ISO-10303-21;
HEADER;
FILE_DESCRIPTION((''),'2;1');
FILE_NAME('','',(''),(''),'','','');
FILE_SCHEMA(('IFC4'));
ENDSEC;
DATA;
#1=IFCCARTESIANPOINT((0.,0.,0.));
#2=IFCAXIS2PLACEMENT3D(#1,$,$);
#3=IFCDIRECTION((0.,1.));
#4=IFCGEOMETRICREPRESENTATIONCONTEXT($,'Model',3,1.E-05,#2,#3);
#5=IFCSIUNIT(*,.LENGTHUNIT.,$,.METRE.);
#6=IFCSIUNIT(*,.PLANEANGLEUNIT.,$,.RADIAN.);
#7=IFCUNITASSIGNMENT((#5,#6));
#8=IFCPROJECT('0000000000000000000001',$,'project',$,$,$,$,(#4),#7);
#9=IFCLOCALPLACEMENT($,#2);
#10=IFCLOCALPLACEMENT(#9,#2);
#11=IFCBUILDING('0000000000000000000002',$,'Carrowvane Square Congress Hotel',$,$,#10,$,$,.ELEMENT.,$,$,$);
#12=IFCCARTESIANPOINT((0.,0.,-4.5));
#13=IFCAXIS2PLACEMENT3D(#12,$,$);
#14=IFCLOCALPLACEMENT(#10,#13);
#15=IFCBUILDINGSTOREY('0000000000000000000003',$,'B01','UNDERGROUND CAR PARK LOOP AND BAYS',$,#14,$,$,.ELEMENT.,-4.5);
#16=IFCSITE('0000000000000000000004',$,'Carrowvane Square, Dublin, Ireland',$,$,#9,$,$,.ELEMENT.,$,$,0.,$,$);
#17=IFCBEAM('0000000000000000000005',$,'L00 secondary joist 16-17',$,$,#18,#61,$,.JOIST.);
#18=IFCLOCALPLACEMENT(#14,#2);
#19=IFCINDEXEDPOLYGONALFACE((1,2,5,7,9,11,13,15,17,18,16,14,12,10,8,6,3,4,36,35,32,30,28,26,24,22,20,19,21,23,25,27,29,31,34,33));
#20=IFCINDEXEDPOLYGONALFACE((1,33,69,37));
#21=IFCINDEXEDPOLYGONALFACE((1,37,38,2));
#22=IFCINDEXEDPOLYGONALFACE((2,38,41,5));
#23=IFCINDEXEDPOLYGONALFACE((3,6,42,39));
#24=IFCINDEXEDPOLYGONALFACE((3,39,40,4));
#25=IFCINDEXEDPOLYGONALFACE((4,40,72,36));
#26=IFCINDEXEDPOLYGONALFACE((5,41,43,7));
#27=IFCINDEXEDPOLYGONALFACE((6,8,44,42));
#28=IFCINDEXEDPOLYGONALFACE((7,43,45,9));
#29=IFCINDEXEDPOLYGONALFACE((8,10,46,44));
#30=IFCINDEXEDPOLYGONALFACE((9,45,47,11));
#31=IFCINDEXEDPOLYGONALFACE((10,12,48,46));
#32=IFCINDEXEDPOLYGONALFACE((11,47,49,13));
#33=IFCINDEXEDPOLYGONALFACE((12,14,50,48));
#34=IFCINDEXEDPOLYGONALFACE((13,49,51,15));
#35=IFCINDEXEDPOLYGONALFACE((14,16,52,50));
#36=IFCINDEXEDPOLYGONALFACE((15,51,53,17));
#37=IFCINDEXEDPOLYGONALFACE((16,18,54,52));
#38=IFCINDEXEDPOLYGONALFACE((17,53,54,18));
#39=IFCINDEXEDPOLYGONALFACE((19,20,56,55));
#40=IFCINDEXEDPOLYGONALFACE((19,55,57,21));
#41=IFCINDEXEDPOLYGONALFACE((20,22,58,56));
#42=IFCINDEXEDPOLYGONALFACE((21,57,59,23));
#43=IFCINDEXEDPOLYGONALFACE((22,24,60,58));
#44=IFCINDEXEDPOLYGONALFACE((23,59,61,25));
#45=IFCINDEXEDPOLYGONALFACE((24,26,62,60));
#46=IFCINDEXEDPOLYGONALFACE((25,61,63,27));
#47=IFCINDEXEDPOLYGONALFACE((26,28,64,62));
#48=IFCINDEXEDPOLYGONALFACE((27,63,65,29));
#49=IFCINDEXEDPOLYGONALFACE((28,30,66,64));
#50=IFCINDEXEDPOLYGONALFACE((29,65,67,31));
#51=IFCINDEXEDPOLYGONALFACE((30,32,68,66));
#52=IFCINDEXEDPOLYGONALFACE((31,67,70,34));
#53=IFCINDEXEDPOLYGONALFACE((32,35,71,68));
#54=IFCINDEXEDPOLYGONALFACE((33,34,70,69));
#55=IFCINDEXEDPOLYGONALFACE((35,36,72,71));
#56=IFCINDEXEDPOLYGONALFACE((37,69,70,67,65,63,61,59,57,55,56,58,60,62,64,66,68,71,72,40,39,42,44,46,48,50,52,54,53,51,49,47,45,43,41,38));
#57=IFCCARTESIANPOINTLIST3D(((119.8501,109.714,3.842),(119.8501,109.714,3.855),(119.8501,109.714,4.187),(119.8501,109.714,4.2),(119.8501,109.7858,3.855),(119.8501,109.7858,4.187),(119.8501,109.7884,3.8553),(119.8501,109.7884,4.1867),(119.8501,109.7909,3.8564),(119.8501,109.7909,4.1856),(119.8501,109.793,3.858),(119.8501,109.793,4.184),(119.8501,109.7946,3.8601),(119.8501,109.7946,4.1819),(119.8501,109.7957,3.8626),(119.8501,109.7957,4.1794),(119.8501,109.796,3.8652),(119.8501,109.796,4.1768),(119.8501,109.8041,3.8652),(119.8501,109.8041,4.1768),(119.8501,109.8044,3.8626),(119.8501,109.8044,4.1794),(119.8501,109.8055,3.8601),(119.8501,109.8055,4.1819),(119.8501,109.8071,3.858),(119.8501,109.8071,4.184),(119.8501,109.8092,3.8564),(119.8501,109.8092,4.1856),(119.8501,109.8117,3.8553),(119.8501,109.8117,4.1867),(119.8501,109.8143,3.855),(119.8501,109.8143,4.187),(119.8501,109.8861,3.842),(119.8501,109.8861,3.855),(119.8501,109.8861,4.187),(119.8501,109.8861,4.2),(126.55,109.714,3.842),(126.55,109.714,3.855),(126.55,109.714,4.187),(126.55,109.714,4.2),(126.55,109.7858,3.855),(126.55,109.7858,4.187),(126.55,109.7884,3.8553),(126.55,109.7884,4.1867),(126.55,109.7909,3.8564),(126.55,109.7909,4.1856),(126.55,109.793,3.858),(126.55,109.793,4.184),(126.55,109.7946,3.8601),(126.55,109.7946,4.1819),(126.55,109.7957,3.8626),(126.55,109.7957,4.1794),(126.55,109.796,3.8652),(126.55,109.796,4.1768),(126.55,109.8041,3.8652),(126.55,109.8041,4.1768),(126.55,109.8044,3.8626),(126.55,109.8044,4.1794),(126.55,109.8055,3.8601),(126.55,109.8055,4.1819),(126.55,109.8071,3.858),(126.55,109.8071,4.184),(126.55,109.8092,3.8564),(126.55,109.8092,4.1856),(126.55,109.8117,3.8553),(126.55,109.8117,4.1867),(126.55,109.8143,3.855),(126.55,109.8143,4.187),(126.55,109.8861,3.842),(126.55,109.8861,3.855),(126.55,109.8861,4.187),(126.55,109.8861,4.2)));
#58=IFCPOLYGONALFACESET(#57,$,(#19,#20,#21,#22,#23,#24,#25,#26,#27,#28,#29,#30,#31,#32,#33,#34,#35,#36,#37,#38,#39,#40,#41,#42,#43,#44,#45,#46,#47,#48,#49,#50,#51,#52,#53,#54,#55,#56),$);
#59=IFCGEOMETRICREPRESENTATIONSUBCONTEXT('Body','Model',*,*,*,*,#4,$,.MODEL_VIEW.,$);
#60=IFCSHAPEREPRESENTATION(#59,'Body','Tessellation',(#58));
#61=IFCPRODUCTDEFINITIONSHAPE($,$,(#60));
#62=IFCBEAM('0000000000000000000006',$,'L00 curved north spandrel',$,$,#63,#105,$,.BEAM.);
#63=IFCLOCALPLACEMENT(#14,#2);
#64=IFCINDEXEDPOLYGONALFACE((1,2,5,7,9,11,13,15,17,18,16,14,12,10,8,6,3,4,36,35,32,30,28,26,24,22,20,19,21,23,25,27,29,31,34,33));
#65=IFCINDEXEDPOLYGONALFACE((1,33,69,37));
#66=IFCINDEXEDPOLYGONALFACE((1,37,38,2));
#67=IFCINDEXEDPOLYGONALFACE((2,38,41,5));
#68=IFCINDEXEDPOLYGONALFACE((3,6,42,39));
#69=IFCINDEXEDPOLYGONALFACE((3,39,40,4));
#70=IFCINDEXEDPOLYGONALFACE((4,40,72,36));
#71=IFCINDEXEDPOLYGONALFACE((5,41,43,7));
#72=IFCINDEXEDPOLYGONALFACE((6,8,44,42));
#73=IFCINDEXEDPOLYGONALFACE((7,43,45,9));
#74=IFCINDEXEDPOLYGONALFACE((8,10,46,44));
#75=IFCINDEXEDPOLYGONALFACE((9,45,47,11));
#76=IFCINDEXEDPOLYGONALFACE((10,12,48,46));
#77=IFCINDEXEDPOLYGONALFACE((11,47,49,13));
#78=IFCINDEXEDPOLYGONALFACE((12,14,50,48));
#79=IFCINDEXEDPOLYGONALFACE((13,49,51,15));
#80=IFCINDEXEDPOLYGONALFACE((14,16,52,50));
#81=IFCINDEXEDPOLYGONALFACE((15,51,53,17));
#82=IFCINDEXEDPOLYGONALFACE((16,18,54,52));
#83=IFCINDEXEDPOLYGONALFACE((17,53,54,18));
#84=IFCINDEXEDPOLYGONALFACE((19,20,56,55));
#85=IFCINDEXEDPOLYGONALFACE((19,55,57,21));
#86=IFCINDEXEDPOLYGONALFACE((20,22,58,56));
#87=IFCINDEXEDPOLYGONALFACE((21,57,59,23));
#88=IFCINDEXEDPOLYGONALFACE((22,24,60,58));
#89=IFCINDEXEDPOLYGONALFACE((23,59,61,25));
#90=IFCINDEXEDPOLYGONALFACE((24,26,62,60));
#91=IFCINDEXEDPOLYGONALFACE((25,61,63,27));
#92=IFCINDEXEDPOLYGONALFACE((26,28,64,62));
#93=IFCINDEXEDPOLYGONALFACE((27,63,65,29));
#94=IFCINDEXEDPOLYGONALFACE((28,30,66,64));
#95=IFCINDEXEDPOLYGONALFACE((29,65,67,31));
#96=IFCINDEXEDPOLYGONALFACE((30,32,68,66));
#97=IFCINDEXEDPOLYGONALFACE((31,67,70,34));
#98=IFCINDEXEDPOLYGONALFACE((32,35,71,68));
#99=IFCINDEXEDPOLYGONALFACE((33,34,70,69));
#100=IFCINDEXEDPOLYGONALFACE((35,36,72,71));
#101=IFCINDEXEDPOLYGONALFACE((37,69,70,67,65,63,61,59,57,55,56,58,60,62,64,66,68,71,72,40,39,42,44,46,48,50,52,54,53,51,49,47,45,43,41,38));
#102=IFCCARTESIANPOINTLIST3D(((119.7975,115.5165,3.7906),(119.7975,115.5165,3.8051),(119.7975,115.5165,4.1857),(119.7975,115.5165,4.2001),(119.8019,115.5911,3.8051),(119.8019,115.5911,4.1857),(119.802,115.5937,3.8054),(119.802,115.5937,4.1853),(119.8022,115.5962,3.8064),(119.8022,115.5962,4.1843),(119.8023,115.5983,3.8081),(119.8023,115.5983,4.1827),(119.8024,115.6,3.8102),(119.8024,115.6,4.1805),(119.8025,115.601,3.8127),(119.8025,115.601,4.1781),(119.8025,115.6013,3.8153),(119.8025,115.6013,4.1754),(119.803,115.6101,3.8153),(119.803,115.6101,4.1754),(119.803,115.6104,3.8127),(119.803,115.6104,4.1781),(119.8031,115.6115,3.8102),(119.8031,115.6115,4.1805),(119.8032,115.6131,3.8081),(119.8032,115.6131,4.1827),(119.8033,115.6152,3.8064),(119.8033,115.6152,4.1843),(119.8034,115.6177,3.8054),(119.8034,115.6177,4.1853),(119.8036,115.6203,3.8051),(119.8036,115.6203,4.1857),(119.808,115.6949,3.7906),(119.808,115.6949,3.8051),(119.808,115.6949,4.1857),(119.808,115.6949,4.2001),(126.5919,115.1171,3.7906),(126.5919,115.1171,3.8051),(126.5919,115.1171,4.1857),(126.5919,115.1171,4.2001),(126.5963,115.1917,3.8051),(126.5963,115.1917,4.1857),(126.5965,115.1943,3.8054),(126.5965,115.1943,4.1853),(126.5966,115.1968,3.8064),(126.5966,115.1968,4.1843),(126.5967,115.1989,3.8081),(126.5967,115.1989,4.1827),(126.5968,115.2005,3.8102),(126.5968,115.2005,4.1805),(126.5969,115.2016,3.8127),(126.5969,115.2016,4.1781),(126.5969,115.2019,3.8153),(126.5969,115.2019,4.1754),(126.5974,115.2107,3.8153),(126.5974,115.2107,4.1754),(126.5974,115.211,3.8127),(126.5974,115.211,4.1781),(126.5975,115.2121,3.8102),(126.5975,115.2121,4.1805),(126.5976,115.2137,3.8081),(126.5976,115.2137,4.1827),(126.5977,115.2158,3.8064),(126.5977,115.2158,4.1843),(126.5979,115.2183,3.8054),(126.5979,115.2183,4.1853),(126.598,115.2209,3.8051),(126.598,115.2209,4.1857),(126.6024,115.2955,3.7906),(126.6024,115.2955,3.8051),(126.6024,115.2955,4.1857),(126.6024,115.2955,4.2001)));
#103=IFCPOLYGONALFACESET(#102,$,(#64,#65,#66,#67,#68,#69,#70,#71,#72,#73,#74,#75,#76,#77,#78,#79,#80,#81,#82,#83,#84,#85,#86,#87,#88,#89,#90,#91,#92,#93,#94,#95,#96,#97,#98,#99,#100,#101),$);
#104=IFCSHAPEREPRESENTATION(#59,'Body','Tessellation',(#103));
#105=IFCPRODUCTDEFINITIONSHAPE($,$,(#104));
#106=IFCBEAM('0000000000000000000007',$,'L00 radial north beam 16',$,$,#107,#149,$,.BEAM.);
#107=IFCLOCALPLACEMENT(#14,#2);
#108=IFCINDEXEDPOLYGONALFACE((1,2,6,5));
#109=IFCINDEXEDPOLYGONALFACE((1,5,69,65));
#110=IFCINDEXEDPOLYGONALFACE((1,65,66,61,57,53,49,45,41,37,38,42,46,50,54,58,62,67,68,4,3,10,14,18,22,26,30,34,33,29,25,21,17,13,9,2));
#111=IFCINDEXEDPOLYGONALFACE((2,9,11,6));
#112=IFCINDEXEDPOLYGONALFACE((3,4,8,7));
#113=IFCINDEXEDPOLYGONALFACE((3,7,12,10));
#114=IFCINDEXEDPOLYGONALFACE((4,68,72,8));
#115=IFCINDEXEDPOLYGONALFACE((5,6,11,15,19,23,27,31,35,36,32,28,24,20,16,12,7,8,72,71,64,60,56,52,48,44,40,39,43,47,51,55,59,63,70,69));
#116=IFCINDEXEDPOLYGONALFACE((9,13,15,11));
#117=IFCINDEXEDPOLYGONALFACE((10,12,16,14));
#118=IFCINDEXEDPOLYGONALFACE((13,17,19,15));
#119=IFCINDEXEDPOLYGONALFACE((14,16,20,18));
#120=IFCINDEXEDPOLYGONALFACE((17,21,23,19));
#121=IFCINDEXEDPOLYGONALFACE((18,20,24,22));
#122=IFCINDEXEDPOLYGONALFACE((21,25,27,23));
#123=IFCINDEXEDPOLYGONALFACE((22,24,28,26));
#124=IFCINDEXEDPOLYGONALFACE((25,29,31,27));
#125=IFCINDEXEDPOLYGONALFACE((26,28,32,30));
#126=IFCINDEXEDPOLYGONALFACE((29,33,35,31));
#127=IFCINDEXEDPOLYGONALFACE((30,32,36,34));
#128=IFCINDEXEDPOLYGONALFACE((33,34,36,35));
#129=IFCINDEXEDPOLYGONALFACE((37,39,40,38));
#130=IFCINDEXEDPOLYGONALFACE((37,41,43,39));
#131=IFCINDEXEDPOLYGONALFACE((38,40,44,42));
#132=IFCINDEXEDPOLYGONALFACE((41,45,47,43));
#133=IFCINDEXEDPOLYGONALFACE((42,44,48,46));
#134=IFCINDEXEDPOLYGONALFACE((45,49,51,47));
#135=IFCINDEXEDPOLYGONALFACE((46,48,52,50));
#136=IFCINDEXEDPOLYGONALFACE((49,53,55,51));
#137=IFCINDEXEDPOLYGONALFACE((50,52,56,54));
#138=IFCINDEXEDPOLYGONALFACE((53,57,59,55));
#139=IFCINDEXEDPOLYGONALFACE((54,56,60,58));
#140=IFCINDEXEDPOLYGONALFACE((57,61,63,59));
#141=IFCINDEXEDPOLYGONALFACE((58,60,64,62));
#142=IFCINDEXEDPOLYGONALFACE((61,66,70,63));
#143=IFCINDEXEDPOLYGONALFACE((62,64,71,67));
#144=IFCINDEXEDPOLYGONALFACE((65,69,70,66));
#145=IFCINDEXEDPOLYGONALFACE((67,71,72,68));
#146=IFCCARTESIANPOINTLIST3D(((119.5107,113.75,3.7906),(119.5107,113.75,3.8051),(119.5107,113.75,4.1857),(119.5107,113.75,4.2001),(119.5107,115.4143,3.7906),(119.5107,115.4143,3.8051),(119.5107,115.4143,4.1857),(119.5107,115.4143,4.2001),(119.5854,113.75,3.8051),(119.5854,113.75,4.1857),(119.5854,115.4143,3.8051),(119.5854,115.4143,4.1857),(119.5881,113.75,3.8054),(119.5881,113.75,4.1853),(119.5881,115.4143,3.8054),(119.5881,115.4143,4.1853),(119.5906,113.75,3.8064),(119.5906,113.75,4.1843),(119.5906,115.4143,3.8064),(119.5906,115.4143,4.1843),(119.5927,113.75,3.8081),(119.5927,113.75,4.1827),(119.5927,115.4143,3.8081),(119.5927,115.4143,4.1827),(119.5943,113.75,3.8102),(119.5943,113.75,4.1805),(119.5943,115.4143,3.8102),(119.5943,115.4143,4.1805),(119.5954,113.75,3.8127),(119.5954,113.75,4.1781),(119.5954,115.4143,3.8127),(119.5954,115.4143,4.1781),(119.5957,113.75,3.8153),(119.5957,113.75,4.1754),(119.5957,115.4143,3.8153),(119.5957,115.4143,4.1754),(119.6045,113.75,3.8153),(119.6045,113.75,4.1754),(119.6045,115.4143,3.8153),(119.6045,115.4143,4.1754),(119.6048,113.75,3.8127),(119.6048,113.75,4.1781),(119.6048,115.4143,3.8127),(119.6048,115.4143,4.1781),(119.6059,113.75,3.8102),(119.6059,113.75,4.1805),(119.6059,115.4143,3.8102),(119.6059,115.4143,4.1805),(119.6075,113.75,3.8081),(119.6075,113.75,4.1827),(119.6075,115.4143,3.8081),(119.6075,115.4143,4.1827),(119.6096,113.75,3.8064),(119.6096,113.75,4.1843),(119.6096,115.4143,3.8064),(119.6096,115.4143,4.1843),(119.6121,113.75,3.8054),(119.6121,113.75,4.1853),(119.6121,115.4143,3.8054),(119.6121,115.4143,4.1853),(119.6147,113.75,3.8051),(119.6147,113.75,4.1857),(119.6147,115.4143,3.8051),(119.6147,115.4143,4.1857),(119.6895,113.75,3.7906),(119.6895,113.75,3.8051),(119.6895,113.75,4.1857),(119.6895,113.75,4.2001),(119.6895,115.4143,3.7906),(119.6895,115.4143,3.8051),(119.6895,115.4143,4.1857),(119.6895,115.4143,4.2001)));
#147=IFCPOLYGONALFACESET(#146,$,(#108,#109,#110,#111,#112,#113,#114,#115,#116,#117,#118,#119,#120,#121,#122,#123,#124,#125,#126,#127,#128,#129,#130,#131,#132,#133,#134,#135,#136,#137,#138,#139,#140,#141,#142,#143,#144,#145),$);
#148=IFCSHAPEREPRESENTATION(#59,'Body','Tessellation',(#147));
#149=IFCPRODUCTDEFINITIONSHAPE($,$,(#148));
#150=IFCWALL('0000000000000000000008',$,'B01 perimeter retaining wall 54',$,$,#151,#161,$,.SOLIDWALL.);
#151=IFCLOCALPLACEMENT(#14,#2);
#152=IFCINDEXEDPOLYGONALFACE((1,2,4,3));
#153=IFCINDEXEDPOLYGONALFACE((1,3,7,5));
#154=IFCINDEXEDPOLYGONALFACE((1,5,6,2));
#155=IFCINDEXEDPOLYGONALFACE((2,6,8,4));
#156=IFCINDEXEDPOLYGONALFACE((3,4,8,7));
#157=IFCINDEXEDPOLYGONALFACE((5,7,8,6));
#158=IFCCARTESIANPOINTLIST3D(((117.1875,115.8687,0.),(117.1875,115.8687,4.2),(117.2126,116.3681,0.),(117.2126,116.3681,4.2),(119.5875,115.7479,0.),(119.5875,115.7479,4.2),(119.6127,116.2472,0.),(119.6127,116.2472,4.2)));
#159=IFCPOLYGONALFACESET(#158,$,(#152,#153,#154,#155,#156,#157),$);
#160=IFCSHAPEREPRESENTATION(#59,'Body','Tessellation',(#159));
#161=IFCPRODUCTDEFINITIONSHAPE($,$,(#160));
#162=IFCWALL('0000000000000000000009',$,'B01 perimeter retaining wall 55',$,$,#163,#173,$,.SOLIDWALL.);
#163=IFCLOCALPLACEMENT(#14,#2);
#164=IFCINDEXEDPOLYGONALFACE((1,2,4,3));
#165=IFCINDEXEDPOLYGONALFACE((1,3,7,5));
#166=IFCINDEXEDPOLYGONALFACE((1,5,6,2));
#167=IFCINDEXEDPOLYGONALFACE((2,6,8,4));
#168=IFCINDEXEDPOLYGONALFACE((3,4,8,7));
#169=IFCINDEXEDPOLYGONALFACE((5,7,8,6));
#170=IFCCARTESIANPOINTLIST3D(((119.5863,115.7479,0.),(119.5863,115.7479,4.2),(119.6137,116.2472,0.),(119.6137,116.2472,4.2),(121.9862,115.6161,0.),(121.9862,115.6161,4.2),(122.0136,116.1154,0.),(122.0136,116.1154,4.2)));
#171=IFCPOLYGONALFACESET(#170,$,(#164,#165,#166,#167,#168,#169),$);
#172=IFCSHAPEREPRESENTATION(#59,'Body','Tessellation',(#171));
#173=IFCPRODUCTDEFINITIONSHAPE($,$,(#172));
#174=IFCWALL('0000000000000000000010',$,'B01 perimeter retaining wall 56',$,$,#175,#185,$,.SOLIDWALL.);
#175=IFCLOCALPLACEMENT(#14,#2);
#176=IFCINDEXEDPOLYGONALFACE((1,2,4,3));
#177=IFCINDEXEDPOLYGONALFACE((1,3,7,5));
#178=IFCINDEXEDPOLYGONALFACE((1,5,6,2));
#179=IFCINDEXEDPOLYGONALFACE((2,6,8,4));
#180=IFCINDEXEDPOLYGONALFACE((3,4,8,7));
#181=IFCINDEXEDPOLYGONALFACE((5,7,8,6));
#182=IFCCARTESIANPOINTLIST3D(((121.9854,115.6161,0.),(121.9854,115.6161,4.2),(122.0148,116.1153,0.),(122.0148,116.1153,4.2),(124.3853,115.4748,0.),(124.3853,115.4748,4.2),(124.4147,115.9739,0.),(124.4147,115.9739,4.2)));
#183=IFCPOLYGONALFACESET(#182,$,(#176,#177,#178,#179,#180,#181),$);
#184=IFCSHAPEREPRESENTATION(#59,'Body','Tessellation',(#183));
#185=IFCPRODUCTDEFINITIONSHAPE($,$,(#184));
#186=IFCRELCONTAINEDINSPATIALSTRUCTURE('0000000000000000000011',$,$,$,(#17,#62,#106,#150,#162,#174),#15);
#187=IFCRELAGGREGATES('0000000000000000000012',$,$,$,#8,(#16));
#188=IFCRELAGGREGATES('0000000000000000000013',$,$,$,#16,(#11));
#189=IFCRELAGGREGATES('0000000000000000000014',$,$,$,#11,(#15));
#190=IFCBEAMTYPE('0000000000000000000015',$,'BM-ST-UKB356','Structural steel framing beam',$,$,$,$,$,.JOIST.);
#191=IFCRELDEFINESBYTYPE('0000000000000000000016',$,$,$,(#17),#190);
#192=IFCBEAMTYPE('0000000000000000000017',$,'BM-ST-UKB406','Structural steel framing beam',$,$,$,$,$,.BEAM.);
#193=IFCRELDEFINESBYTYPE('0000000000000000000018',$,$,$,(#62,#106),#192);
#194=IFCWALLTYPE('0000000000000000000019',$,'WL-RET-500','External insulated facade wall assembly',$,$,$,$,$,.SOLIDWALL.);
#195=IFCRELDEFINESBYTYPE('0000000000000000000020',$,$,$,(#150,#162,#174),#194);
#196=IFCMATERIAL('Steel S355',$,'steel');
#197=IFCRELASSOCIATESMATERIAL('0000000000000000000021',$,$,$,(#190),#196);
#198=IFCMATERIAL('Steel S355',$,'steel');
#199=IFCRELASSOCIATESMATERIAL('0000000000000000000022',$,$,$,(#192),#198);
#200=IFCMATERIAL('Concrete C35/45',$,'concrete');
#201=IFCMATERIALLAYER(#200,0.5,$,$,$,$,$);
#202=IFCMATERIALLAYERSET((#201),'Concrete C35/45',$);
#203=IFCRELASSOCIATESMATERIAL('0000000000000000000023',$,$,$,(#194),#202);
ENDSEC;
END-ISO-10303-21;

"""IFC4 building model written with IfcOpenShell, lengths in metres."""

from ifc_helpers import new_model, si_unit, direction, frame, frame_2d, origin, origin_2d, place, context, subcontext, project, spatial, rectangle, i_section, extrude, material, layer, layer_set, material_profile, profile_set, type_object, element, save


model = new_model("IFC4")

# Units and contexts
model_context = context("Model", 3, precision=1e-05, world=origin(), true_north=direction((0.0, 1.0)))
body_context = subcontext(model_context, "Body", "Model", "MODEL_VIEW")
ifc_project = project(units=[si_unit("LENGTHUNIT", "METRE"), si_unit("PLANEANGLEUNIT", "RADIAN")], contexts=[model_context])

# Site, building, storey
site_placement = place(None, origin())
site = spatial("IfcSite", under=ifc_project, at=site_placement, Name="Carrowvane Square, Dublin, Ireland", CompositionType="ELEMENT", RefElevation=0.0)
building_placement = place(site_placement, origin())
building = spatial("IfcBuilding", under=site, at=building_placement, Name="Carrowvane Square Congress Hotel", CompositionType="ELEMENT")
storey_placement = place(building_placement, frame((0.0, 0.0, -4.5)))
storey = spatial("IfcBuildingStorey", under=building, at=storey_placement, Name="B01", Description="UNDERGROUND CAR PARK LOOP AND BAYS", CompositionType="ELEMENT", Elevation=-4.5)

# Beams
ifc_material_1 = material(Name="Steel S355", Category="steel")
ifc_material_profile_1 = material_profile(ifc_material_1, i_section(OverallWidth=0.1721, OverallDepth=0.3579, WebThickness=0.0081, FlangeThickness=0.0129, FilletRadius=0.0103, at=origin_2d()), Name="UKB 356x171x57")
ifc_profile_set_1 = profile_set([ifc_material_profile_1], Name="Steel S355")
beam_type_1 = type_object("IfcBeamType", Name="BM-ST-UKB356", Description="Structural steel framing beam", PredefinedType="JOIST", material=ifc_profile_set_1)
beam_1_placement = place(storey_placement, frame((119.8501, 109.8, 4.021), z_axis=(1.0, 0.0, 0.0), x_axis=(0.0, 1.0, 0.0)))
element("IfcBeam", 1, at=beam_1_placement, inside=storey, type_object=beam_type_1, Name="L00 secondary joist 16-17", PredefinedType="JOIST", context=body_context, shape_type="SweptSolid", body=[
    extrude(i_section(OverallWidth=0.1721, OverallDepth=0.3579, WebThickness=0.0081, FlangeThickness=0.0129, FilletRadius=0.0103, at=origin_2d()), origin(), (0.0, 0.0, 1.0), 6.7),
])
ifc_material_2 = material(Name="Steel S355", Category="steel")
ifc_material_profile_2 = material_profile(ifc_material_2, i_section(OverallWidth=0.1787, OverallDepth=0.4094, WebThickness=0.0088, FlangeThickness=0.0144, FilletRadius=0.0103, at=origin_2d()), Name="UKB 406x178x67")
ifc_profile_set_2 = profile_set([ifc_material_profile_2], Name="Steel S355")
beam_type_2 = type_object("IfcBeamType", Name="BM-ST-UKB406", Description="Structural steel framing beam", PredefinedType="BEAM", material=ifc_profile_set_2)
beam_2_placement = place(storey_placement, frame((119.8027, 115.6057, 3.9954), z_axis=(0.998277, -0.058684, 0.0), x_axis=(0.058684, 0.998277, 0.0)))
element("IfcBeam", 2, at=beam_2_placement, inside=storey, type_object=beam_type_2, Name="L00 curved north spandrel", PredefinedType="BEAM", context=body_context, shape_type="SweptSolid", body=[
    extrude(i_section(OverallWidth=0.1787, OverallDepth=0.4094, WebThickness=0.0088, FlangeThickness=0.0144, FilletRadius=0.0103, at=origin_2d()), origin(), (0.0, 0.0, 1.0), 6.8062),
])
beam_3_placement = place(storey_placement, frame((119.6001, 113.75, 3.9954), z_axis=(0.0, 1.0, 0.0), x_axis=(-1.0, 0.0, 0.0)))
element("IfcBeam", 3, at=beam_3_placement, inside=storey, type_object=beam_type_2, Name="L00 radial north beam 16", PredefinedType="BEAM", context=body_context, shape_type="SweptSolid", body=[
    extrude(i_section(OverallWidth=0.1787, OverallDepth=0.4094, WebThickness=0.0088, FlangeThickness=0.0144, FilletRadius=0.0103, at=origin_2d()), origin(), (0.0, 0.0, 1.0), 1.6643),
])

# Walls
ifc_material_3 = material(Name="Concrete C35/45", Category="concrete")
ifc_layer = layer(ifc_material_3, 0.5)
ifc_layer_set = layer_set([ifc_layer], Name="Concrete C35/45")
wall_type = type_object("IfcWallType", Name="WL-RET-500", Description="External insulated facade wall assembly", PredefinedType="SOLIDWALL", material=ifc_layer_set)
wall_1_placement = place(storey_placement, frame((117.2, 116.1184, 0.0), z_axis=(0.0, 0.0, 1.0), x_axis=(0.998735, -0.050287, 0.0)))
element("IfcWall", 4, at=wall_1_placement, inside=storey, type_object=wall_type, Name="B01 perimeter retaining wall 54", PredefinedType="SOLIDWALL", context=body_context, shape_type="SweptSolid", body=[
    extrude(rectangle(XDim=2.4031, YDim=0.5, at=frame_2d((1.2017, 0.0))), origin(), (0.0, 0.0, 1.0), 4.2),
])
wall_2_placement = place(storey_placement, frame((119.6001, 115.9976, 0.0), z_axis=(0.0, 0.0, 1.0), x_axis=(0.998495, -0.054851, 0.0)))
element("IfcWall", 5, at=wall_2_placement, inside=storey, type_object=wall_type, Name="B01 perimeter retaining wall 55", PredefinedType="SOLIDWALL", context=body_context, shape_type="SweptSolid", body=[
    extrude(rectangle(XDim=2.4036, YDim=0.5, at=frame_2d((1.2017, 0.0))), origin(), (0.0, 0.0, 1.0), 4.2),
])
wall_3_placement = place(storey_placement, frame((122.0, 115.8657, 0.0), z_axis=(0.0, 0.0, 1.0), x_axis=(0.99827, -0.058799, 0.0)))
element("IfcWall", 6, at=wall_3_placement, inside=storey, type_object=wall_type, Name="B01 perimeter retaining wall 56", PredefinedType="SOLIDWALL", context=body_context, shape_type="SweptSolid", body=[
    extrude(rectangle(XDim=2.4041, YDim=0.5, at=frame_2d((1.2021, 0.0))), origin(), (0.0, 0.0, 1.0), 4.2),
])

save(model, "model.ifc")
